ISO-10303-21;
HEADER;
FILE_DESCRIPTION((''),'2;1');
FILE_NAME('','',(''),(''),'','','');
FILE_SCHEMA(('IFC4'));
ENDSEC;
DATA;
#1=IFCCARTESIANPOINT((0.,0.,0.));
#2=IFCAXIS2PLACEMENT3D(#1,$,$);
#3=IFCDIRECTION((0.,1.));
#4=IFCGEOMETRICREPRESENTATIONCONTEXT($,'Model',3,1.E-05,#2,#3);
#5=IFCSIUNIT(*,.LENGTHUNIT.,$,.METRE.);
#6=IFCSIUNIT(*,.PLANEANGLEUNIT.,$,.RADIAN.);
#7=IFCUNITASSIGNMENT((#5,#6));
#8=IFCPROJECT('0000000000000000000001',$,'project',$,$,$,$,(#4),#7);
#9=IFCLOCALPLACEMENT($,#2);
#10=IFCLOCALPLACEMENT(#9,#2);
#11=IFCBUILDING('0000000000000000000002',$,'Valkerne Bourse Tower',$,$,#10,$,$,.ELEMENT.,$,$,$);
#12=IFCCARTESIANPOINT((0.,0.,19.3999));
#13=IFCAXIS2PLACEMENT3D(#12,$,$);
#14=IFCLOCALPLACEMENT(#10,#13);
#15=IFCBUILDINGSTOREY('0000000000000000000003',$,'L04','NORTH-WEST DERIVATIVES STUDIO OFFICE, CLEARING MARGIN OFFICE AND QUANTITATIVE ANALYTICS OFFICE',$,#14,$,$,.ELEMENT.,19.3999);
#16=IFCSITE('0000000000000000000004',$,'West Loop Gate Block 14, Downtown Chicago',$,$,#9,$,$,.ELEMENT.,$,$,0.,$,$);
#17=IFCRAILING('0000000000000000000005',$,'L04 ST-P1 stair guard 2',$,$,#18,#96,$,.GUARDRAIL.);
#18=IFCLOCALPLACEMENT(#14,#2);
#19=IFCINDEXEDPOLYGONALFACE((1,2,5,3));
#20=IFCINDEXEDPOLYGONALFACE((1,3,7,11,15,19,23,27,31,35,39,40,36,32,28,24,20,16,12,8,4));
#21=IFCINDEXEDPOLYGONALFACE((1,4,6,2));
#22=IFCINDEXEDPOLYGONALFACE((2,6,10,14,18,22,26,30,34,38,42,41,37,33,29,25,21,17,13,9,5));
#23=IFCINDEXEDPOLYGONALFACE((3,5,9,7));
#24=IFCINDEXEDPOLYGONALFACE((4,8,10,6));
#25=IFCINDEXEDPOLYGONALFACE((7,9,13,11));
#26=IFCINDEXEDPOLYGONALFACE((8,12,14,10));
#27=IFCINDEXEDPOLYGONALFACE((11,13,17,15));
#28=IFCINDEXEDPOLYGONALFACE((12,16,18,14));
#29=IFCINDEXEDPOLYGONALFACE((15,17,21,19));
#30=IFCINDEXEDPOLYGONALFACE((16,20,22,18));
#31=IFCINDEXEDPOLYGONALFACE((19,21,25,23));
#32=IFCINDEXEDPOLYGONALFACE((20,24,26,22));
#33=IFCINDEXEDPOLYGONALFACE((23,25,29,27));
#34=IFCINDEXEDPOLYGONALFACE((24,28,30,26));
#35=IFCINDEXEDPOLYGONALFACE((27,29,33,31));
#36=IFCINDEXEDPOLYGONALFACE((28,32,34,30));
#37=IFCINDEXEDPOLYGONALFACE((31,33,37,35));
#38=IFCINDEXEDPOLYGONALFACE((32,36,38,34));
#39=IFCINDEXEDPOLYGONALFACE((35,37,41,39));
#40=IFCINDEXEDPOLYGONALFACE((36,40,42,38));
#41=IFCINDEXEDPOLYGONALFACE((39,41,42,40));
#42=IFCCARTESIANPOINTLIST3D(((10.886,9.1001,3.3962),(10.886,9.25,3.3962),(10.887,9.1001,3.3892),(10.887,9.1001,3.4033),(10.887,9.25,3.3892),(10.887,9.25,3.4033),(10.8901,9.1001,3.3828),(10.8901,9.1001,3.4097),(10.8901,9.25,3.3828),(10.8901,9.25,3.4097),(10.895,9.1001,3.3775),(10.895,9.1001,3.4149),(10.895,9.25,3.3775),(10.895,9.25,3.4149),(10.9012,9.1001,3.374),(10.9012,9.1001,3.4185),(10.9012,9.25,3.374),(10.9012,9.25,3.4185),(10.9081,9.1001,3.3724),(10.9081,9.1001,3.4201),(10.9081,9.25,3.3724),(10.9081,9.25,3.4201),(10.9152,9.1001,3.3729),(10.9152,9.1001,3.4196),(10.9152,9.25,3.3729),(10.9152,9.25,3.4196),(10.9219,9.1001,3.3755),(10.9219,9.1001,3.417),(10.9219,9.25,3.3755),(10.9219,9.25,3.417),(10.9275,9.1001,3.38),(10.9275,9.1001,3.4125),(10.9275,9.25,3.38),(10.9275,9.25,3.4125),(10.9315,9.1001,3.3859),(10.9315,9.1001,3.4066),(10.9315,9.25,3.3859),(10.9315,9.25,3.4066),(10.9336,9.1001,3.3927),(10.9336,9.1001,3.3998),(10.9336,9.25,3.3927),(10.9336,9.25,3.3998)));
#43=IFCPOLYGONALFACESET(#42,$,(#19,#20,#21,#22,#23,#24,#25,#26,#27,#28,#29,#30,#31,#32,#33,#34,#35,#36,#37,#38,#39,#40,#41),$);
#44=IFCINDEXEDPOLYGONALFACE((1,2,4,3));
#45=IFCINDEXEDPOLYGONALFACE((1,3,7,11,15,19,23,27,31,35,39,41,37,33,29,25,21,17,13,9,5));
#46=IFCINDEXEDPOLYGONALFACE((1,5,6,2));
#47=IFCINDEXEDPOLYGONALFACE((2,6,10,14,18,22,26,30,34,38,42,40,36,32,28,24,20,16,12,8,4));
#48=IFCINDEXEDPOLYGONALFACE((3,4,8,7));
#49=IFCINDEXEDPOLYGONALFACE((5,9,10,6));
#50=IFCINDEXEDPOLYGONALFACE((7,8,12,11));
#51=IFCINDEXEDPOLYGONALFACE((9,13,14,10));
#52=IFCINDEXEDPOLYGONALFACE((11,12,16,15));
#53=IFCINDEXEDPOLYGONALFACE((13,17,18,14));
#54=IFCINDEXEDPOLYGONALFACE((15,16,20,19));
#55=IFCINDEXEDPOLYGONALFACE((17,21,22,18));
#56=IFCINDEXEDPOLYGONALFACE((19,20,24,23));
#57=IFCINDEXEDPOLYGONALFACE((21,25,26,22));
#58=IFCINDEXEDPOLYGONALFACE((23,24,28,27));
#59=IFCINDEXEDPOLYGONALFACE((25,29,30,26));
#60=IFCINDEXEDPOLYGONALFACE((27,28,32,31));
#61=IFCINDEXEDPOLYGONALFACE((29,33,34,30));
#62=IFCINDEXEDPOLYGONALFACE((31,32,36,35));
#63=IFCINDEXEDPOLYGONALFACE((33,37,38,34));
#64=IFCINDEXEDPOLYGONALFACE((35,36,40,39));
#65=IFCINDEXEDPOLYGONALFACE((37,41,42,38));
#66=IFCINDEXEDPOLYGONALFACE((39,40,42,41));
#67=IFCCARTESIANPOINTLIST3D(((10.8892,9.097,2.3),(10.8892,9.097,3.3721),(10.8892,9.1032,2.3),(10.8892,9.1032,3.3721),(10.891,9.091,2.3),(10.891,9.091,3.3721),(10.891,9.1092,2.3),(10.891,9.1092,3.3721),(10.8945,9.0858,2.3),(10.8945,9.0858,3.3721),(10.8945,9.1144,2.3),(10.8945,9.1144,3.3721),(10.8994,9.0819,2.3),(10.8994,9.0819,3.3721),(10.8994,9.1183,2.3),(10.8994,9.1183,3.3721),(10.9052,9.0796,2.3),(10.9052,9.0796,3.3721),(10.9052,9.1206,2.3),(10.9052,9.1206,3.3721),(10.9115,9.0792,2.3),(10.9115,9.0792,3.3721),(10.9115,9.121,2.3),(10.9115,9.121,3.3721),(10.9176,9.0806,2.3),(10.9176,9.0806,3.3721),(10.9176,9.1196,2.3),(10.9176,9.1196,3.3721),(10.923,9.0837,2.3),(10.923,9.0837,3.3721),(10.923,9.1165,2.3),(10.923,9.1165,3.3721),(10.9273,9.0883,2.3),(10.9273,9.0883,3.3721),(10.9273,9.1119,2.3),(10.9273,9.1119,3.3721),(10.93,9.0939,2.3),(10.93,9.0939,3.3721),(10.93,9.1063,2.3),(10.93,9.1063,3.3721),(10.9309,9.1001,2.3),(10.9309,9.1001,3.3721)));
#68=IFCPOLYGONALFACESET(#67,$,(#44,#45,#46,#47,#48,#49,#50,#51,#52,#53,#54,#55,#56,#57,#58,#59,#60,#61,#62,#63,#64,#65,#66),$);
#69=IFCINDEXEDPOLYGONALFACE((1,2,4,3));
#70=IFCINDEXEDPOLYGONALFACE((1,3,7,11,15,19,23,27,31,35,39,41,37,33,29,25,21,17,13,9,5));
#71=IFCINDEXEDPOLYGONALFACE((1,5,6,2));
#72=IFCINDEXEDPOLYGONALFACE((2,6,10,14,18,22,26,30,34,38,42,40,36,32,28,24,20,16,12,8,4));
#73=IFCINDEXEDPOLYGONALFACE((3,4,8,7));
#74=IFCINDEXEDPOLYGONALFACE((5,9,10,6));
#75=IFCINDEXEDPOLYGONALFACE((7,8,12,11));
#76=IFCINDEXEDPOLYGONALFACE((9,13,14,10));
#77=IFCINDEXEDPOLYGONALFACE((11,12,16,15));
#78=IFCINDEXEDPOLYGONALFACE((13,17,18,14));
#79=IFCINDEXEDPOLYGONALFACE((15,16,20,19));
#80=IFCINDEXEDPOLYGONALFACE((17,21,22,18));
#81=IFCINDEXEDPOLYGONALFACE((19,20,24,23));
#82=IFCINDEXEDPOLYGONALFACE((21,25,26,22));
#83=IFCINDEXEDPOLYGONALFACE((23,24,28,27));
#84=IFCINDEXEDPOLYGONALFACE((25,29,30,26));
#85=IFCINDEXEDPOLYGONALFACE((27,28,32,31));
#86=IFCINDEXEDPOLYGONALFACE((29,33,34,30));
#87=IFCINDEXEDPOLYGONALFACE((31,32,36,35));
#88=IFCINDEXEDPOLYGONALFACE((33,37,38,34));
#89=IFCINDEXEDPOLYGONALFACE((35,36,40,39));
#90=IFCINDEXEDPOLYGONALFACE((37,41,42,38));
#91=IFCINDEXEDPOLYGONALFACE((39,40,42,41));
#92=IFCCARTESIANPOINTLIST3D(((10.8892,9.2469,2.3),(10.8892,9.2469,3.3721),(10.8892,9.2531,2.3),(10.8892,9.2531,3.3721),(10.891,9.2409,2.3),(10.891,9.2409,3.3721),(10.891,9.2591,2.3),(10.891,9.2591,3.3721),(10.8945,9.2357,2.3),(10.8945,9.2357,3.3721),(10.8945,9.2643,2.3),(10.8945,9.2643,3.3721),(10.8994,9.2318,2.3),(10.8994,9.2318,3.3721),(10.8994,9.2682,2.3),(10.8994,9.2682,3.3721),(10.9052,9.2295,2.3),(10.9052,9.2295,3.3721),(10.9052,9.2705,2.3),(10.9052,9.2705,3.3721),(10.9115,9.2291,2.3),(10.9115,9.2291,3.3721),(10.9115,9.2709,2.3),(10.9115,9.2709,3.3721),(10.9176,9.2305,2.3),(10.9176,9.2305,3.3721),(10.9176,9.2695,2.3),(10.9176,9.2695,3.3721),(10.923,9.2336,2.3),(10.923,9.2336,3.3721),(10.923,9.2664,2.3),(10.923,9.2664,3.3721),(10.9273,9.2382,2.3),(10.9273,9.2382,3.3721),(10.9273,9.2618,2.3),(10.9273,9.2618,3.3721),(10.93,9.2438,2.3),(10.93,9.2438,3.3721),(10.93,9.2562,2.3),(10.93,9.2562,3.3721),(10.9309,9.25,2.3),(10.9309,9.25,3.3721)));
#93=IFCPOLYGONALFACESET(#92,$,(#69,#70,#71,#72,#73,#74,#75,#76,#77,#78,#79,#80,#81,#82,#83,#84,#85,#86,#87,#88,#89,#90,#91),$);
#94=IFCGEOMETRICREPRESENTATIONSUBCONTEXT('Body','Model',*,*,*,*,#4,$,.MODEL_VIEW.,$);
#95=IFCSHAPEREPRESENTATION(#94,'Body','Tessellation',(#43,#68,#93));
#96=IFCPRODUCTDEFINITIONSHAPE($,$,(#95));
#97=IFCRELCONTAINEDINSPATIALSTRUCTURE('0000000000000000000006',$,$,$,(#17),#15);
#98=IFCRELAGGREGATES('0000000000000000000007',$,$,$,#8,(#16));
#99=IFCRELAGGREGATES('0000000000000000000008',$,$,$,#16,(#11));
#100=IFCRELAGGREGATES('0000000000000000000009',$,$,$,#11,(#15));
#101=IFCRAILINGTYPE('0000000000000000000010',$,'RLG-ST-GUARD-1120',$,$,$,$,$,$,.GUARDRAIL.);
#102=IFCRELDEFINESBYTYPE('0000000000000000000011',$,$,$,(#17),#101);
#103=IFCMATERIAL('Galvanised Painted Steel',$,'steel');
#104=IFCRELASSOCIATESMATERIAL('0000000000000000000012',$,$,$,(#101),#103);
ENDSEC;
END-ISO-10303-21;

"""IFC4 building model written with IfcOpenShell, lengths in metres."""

from ifc_helpers import new_model, si_unit, direction, frame, origin, origin_2d, place, context, subcontext, project, spatial, circle, extrude, material, type_object, element, save


model = new_model("IFC4")

# Units and contexts
model_context = context("Model", 3, precision=1e-05, world=origin(), true_north=direction((0.0, 1.0)))
body_context = subcontext(model_context, "Body", "Model", "MODEL_VIEW")
ifc_project = project(units=[si_unit("LENGTHUNIT", "METRE"), si_unit("PLANEANGLEUNIT", "RADIAN")], contexts=[model_context])

# Site, building, storey
site_placement = place(None, origin())
site = spatial("IfcSite", under=ifc_project, at=site_placement, Name="West Loop Gate Block 14, Downtown Chicago", CompositionType="ELEMENT", RefElevation=0.0)
building_placement = place(site_placement, origin())
building = spatial("IfcBuilding", under=site, at=building_placement, Name="Valkerne Bourse Tower", CompositionType="ELEMENT")
storey_placement = place(building_placement, frame((0.0, 0.0, 19.3999)))
storey = spatial("IfcBuildingStorey", under=building, at=storey_placement, Name="L04", Description="NORTH-WEST DERIVATIVES STUDIO OFFICE, CLEARING MARGIN OFFICE AND QUANTITATIVE ANALYTICS OFFICE", CompositionType="ELEMENT", Elevation=19.3999)

# Railing
ifc_material_1 = material(Name="Galvanised Painted Steel", Category="steel")
railing_type_1 = type_object("IfcRailingType", Name="RLG-ST-GUARD-1120", PredefinedType="GUARDRAIL", material=ifc_material_1)
railing_1_placement = place(storey_placement, frame((10.9099, 9.1001, 2.3)))
element("IfcRailing", 1, at=railing_1_placement, inside=storey, type_object=railing_type_1, Name="L04 ST-P1 stair guard 2", PredefinedType="GUARDRAIL", context=body_context, shape_type="SweptSolid", body=[
    extrude(circle(Radius=0.0239, at=origin_2d()), frame((0.0, 0.0, 1.0962), z_axis=(0.0, 1.0, 0.0), x_axis=(-1.0, 0.0, 0.0)), (0.0, 0.0, 1.0), 0.1499),
    extrude(circle(Radius=0.021, at=origin_2d()), origin(), (0.0, 0.0, 1.0), 1.072),
    extrude(circle(Radius=0.021, at=origin_2d()), frame((0.0, 0.1499, 0.0)), (0.0, 0.0, 1.0), 1.072),
])

save(model, "model.ifc")
